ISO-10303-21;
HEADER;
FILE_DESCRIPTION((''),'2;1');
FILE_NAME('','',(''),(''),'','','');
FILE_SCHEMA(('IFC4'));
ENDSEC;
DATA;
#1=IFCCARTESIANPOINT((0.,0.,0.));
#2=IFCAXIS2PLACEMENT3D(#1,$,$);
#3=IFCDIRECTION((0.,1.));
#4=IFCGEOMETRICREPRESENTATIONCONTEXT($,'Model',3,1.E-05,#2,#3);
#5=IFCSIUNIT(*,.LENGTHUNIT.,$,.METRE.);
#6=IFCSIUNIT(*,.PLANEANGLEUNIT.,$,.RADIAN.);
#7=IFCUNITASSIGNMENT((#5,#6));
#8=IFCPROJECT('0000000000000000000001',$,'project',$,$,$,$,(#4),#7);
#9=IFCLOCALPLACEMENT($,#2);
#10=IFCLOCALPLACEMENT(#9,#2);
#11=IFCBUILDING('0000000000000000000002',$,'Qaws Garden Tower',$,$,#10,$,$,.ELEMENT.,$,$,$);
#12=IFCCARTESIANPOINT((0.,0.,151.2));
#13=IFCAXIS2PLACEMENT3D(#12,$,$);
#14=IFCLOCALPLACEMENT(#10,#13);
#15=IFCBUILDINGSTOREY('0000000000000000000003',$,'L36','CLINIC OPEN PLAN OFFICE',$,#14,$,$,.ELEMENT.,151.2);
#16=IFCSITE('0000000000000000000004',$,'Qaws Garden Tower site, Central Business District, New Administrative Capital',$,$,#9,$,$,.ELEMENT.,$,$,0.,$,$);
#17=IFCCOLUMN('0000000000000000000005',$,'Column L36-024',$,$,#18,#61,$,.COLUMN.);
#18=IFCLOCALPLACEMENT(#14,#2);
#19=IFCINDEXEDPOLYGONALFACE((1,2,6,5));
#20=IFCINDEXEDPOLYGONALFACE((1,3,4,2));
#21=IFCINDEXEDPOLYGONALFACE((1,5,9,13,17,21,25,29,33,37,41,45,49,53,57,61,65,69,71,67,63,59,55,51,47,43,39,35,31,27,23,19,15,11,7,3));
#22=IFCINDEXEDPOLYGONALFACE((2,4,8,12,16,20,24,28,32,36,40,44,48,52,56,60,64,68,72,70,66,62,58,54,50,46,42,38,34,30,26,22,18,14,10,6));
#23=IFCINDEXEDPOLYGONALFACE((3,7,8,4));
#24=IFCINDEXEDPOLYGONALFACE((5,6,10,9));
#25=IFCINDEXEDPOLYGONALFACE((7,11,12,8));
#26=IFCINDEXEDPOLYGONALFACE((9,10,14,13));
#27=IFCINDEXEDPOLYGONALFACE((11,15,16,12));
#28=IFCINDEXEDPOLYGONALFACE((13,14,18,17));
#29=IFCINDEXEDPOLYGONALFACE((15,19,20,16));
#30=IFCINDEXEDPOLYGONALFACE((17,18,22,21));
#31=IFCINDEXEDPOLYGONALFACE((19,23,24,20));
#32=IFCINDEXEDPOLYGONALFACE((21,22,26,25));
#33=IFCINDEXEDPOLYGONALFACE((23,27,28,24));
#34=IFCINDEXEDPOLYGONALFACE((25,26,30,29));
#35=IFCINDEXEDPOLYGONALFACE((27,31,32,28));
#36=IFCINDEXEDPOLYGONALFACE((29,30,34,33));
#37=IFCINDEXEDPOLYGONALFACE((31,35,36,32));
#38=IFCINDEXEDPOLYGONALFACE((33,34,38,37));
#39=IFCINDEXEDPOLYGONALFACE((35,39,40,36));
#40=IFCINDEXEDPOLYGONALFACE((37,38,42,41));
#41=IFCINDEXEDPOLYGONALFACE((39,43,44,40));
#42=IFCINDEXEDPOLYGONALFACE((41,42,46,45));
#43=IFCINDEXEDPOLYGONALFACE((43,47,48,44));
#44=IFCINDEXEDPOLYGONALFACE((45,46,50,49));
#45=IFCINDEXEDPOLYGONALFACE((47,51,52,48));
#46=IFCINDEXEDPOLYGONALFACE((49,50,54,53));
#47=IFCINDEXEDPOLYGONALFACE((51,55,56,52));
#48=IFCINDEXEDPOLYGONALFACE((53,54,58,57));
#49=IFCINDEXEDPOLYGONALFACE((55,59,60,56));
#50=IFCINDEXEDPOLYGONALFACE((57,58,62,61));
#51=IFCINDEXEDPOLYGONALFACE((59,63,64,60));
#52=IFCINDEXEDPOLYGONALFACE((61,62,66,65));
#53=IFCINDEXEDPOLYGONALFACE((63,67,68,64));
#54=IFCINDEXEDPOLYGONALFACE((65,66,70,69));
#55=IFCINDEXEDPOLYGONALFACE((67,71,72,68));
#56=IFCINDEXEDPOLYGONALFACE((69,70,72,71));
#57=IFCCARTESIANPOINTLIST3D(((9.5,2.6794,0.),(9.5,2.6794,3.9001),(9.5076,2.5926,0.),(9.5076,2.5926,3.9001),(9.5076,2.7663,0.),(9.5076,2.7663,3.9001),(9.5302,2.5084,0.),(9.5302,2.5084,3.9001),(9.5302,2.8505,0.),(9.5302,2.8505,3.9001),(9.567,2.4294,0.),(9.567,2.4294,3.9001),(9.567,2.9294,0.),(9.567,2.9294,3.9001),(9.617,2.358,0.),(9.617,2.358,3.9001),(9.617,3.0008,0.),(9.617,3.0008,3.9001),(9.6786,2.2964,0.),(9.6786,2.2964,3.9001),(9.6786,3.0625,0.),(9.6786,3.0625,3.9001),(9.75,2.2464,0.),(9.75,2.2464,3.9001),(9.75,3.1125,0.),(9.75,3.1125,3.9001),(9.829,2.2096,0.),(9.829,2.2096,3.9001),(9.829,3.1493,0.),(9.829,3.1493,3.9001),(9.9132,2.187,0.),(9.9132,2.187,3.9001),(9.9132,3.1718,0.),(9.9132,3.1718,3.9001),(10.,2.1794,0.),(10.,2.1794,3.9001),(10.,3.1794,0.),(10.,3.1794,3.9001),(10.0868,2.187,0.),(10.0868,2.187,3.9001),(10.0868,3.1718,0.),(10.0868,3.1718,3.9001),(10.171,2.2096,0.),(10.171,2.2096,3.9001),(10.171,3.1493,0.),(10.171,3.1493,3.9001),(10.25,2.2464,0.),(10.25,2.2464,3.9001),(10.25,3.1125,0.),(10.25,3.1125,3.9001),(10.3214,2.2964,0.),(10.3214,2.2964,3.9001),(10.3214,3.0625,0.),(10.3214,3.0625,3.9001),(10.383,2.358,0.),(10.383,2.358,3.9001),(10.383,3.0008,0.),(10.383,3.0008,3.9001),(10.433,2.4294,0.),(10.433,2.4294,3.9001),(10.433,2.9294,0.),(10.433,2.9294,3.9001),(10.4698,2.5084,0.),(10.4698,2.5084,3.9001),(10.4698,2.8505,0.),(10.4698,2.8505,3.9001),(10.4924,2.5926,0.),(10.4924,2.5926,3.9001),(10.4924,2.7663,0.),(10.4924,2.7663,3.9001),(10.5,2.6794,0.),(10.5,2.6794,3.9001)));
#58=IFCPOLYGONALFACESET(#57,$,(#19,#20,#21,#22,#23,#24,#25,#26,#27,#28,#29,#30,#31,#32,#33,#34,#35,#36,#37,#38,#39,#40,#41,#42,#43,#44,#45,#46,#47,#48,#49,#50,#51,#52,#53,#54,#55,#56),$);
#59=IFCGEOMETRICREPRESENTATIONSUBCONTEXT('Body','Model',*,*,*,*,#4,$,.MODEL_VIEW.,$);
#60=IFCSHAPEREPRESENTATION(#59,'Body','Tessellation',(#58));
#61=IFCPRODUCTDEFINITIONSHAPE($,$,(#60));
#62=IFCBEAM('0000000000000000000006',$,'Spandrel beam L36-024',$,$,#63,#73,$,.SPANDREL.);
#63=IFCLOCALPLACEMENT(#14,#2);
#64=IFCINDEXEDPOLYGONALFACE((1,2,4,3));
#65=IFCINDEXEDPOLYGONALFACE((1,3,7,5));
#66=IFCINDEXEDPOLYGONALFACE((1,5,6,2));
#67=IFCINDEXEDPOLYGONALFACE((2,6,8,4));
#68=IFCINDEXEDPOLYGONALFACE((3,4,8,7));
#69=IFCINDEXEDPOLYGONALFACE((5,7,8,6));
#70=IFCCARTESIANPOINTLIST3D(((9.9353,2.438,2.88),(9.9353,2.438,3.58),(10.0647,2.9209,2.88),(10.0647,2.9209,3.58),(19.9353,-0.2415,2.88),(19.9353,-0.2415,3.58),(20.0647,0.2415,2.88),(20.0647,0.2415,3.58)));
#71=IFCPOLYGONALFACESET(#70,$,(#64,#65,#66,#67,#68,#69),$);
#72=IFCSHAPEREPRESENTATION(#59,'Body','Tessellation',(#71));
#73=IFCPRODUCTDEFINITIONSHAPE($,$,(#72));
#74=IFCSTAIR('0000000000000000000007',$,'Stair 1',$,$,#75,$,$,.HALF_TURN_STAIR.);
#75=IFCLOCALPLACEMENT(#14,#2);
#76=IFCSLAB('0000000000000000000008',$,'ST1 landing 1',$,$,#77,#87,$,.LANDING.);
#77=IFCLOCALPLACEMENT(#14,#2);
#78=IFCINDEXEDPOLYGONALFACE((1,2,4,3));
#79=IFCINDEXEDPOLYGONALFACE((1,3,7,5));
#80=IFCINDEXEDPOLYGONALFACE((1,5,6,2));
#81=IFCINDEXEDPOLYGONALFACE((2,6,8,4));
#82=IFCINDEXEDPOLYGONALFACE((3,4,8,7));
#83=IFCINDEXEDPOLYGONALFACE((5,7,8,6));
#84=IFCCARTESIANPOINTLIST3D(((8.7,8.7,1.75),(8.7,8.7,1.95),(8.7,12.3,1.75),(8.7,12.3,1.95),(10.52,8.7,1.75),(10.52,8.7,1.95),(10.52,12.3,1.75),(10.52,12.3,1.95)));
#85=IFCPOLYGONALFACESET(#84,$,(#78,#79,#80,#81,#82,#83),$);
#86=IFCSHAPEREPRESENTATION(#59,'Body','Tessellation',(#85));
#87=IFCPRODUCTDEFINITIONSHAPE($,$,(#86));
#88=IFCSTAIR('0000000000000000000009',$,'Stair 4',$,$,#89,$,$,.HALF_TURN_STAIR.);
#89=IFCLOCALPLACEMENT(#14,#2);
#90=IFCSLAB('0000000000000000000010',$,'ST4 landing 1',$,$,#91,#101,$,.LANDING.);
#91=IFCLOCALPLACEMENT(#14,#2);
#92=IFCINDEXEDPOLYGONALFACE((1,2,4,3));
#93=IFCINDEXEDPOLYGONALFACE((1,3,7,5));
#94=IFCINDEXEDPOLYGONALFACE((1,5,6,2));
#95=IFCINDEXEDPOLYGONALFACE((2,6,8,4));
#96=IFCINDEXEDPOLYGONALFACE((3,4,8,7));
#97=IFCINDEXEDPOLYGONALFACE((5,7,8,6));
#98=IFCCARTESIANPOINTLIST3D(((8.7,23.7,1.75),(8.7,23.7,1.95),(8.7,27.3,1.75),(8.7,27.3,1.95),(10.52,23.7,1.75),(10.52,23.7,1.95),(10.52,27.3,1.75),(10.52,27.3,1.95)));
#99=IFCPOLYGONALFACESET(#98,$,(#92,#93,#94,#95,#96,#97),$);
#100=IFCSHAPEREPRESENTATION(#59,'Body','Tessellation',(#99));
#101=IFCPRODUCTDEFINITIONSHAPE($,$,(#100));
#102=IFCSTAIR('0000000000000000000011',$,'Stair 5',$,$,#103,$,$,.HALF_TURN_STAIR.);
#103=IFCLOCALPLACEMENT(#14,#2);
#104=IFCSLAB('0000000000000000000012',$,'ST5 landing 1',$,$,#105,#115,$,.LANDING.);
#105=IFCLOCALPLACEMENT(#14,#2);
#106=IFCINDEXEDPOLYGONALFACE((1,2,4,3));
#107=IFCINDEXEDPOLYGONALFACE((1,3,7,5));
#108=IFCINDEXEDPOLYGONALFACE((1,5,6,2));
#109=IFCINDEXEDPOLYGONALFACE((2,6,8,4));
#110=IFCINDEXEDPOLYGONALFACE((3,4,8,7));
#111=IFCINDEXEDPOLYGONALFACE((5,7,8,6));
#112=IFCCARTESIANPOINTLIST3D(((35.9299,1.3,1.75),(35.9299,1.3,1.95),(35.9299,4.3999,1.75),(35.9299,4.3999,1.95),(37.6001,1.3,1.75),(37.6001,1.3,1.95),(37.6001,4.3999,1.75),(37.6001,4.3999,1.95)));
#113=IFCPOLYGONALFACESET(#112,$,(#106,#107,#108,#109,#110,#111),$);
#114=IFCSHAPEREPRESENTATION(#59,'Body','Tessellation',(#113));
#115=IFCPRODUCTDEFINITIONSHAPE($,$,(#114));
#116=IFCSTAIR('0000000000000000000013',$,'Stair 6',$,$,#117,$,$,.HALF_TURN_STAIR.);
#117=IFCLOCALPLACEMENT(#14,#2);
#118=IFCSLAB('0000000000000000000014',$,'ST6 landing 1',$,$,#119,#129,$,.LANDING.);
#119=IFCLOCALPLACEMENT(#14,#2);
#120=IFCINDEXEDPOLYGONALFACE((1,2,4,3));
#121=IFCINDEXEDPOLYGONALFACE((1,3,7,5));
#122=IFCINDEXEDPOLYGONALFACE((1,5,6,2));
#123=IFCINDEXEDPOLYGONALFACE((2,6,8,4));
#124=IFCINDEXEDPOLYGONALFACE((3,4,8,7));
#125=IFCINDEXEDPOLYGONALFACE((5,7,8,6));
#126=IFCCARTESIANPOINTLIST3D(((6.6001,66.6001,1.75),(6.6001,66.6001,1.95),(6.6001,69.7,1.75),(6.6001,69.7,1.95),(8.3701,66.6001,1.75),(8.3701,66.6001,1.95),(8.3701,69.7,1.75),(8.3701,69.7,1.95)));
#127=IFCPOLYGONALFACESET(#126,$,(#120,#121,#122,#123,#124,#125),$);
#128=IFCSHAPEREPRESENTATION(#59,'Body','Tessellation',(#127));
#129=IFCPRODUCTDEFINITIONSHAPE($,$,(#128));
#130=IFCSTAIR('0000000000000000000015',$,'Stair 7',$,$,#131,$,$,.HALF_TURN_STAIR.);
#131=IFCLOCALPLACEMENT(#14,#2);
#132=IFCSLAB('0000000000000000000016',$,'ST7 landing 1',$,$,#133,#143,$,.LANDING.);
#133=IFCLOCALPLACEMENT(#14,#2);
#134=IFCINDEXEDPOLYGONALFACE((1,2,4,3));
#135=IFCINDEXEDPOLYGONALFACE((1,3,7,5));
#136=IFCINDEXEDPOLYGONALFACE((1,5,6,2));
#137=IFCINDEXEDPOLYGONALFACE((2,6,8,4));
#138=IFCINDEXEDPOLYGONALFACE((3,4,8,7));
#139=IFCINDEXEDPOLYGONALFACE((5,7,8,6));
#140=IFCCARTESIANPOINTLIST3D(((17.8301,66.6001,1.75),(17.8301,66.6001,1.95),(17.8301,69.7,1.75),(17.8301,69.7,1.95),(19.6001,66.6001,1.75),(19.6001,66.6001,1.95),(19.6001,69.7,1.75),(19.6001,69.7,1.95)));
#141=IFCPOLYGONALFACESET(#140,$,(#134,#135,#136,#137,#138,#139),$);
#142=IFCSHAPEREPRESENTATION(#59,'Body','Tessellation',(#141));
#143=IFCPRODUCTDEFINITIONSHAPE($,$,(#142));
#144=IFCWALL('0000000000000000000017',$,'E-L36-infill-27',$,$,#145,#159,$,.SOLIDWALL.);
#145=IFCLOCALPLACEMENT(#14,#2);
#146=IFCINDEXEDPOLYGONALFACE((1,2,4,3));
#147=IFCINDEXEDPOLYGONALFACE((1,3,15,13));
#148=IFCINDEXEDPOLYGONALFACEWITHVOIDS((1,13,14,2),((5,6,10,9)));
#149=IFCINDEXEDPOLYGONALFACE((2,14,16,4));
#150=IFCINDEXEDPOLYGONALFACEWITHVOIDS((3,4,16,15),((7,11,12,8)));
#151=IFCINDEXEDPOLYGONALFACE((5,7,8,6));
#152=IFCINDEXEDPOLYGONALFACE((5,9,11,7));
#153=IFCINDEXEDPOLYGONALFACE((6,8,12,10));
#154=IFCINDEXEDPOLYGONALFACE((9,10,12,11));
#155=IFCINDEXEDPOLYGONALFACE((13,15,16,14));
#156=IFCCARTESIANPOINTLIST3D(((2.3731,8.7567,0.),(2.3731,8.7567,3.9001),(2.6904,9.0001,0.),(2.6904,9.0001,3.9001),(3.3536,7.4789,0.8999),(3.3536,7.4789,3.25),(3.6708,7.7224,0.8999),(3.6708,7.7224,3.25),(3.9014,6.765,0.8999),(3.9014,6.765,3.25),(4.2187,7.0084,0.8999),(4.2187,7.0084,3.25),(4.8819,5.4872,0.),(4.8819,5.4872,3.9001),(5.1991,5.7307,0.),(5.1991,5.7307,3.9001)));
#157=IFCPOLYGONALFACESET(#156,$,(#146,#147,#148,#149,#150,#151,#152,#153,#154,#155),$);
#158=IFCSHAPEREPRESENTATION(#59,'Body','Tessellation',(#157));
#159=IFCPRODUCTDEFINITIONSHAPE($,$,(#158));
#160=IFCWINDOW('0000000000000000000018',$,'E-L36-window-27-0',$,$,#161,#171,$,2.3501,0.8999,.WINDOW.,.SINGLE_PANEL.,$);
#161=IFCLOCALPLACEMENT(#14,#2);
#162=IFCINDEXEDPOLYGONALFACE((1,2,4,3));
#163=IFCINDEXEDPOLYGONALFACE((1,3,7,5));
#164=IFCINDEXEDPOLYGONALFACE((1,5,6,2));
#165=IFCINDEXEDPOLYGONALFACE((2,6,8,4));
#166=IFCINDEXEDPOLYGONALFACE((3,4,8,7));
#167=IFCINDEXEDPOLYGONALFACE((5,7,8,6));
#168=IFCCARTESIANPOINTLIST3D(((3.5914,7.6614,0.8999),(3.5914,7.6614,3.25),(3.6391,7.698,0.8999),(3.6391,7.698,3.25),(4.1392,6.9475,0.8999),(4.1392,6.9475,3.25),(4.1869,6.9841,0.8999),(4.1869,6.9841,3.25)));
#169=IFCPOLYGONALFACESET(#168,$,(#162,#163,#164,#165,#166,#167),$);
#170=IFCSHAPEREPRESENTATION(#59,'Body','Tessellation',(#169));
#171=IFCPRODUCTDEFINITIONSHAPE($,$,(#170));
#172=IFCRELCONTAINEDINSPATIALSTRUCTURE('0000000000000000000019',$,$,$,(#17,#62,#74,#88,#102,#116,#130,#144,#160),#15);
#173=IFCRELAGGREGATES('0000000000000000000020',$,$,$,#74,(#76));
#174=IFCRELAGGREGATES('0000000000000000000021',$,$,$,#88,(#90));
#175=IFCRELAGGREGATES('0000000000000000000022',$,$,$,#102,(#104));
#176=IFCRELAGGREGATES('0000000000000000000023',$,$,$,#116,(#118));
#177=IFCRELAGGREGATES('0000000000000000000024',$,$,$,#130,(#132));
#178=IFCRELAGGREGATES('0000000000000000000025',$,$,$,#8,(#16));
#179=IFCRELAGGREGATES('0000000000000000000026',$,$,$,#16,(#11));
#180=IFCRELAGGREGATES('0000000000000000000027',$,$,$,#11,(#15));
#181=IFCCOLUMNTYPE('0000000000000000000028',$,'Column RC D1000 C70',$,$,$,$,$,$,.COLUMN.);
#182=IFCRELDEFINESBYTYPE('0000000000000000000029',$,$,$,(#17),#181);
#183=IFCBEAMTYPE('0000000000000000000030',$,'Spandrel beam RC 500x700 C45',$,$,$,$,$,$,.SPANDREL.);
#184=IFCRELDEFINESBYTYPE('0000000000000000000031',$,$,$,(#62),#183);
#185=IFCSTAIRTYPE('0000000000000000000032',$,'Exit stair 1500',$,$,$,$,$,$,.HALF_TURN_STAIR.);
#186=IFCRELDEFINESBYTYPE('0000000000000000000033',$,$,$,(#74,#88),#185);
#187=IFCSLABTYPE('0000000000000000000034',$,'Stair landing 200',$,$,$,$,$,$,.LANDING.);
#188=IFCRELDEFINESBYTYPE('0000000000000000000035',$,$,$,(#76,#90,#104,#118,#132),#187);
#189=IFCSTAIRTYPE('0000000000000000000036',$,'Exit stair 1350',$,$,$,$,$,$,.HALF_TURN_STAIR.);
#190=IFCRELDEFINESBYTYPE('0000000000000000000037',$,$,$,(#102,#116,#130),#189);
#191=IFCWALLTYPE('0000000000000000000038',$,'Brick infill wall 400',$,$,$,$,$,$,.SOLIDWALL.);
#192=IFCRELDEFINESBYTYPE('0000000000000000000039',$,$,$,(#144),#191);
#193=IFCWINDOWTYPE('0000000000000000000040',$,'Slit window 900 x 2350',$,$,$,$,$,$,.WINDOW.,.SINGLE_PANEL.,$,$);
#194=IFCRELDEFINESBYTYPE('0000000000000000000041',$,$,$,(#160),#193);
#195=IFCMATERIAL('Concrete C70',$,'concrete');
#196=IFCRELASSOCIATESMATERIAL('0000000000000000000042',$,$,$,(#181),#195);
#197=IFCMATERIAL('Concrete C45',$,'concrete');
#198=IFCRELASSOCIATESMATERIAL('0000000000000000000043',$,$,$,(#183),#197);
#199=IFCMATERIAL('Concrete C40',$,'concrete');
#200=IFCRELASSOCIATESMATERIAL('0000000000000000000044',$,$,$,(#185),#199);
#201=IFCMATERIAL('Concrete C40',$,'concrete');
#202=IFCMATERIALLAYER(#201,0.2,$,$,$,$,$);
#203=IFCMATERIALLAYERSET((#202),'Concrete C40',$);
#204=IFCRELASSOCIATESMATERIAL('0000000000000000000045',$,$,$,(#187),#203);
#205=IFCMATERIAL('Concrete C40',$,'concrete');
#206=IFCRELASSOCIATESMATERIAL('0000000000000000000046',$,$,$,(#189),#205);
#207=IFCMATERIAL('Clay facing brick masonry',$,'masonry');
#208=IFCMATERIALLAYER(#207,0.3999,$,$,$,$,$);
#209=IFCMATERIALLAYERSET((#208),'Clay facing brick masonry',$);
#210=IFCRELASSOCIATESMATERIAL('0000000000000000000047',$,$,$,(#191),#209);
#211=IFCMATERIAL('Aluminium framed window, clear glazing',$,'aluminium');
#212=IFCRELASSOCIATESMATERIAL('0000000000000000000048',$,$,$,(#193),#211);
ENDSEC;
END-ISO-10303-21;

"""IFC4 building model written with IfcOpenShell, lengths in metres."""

from ifc_helpers import new_model, si_unit, direction, frame, frame_2d, origin, origin_2d, place, context, subcontext, project, spatial, polyline, rectangle, circle, outline, extrude, material, layer, layer_set, material_profile, profile_set, type_object, element, fill, aggregate, save


model = new_model("IFC4")

# Units and contexts
model_context = context("Model", 3, precision=1e-05, world=origin(), true_north=direction((0.0, 1.0)))
body_context = subcontext(model_context, "Body", "Model", "MODEL_VIEW")
ifc_project = project(units=[si_unit("LENGTHUNIT", "METRE"), si_unit("PLANEANGLEUNIT", "RADIAN")], contexts=[model_context])

# Site, building, storey
site_placement = place(None, origin())
site = spatial("IfcSite", under=ifc_project, at=site_placement, Name="Qaws Garden Tower site, Central Business District, New Administrative Capital", CompositionType="ELEMENT", RefElevation=0.0)
building_placement = place(site_placement, origin())
building = spatial("IfcBuilding", under=site, at=building_placement, Name="Qaws Garden Tower", CompositionType="ELEMENT")
storey_placement = place(building_placement, frame((0.0, 0.0, 151.2)))
storey = spatial("IfcBuildingStorey", under=building, at=storey_placement, Name="L36", Description="CLINIC OPEN PLAN OFFICE", CompositionType="ELEMENT", Elevation=151.2)

# Column
ifc_material_1 = material(Name="Concrete C70", Category="concrete")
ifc_material_profile_1 = material_profile(ifc_material_1, circle(Radius=0.5, at=origin_2d()), Name="RC D1000")
ifc_profile_set_1 = profile_set([ifc_material_profile_1], Name="Concrete C70")
column_type = type_object("IfcColumnType", Name="Column RC D1000 C70", PredefinedType="COLUMN", material=ifc_profile_set_1)
column_placement = place(storey_placement, frame((10.0, 2.6794, 0.0), z_axis=(0.0, 0.0, 1.0), x_axis=(1.0, 0.0, 0.0)))
element("IfcColumn", 1, at=column_placement, inside=storey, type_object=column_type, Name="Column L36-024", PredefinedType="COLUMN", context=body_context, shape_type="SweptSolid", body=[
    extrude(circle(Radius=0.5, at=origin_2d()), origin(), (0.0, 0.0, 1.0), 3.9001),
])

# Beam
ifc_material_2 = material(Name="Concrete C45", Category="concrete")
ifc_material_profile_2 = material_profile(ifc_material_2, rectangle(XDim=0.5, YDim=0.7, at=origin_2d()), Name="RC 500x700")
ifc_profile_set_2 = profile_set([ifc_material_profile_2], Name="Concrete C45")
beam_type = type_object("IfcBeamType", Name="Spandrel beam RC 500x700 C45", PredefinedType="SPANDREL", material=ifc_profile_set_2)
beam_placement = place(storey_placement, frame((10.0, 2.6794, 3.23), z_axis=(0.965927, -0.258815, 0.0), x_axis=(0.258815, 0.965927, 0.0)))
element("IfcBeam", 2, at=beam_placement, inside=storey, type_object=beam_type, Name="Spandrel beam L36-024", PredefinedType="SPANDREL", context=body_context, shape_type="SweptSolid", body=[
    extrude(rectangle(XDim=0.5, YDim=0.7, at=origin_2d()), origin(), (0.0, 0.0, 1.0), 10.3528),
])

# Stairs, slabs
ifc_material_3 = material(Name="Concrete C40", Category="concrete")
stair_type_1 = type_object("IfcStairType", Name="Exit stair 1500", PredefinedType="HALF_TURN_STAIR", material=ifc_material_3)
placement_1 = place(storey_placement, origin())
stair_1 = element("IfcStair", 3, at=placement_1, inside=storey, type_object=stair_type_1, Name="Stair 1", PredefinedType="HALF_TURN_STAIR")
ifc_material_4 = material(Name="Concrete C40", Category="concrete")
ifc_layer_1 = layer(ifc_material_4, 0.2)
ifc_layer_set_1 = layer_set([ifc_layer_1], Name="Concrete C40")
slab_type = type_object("IfcSlabType", Name="Stair landing 200", PredefinedType="LANDING", material=ifc_layer_set_1)
placement_2 = place(storey_placement, frame((0.0, 0.0, 1.75)))
slab_1 = element("IfcSlab", 4, at=placement_2, type_object=slab_type, Name="ST1 landing 1", PredefinedType="LANDING", context=body_context, shape_type="SweptSolid", body=[
    extrude(outline(polyline([(8.7, 8.7), (10.52, 8.7), (10.52, 12.3), (8.7, 12.3), (8.7, 8.7)])), origin(), (0.0, 0.0, 1.0), 0.2),
])
aggregate(stair_1, [slab_1])
stair_2 = element("IfcStair", 5, at=placement_1, inside=storey, type_object=stair_type_1, Name="Stair 4", PredefinedType="HALF_TURN_STAIR")
slab_2 = element("IfcSlab", 6, at=placement_2, type_object=slab_type, Name="ST4 landing 1", PredefinedType="LANDING", context=body_context, shape_type="SweptSolid", body=[
    extrude(outline(polyline([(8.7, 23.7), (10.52, 23.7), (10.52, 27.3), (8.7, 27.3), (8.7, 23.7)])), origin(), (0.0, 0.0, 1.0), 0.2),
])
aggregate(stair_2, [slab_2])
ifc_material_5 = material(Name="Concrete C40", Category="concrete")
stair_type_2 = type_object("IfcStairType", Name="Exit stair 1350", PredefinedType="HALF_TURN_STAIR", material=ifc_material_5)
stair_3 = element("IfcStair", 7, at=placement_1, inside=storey, type_object=stair_type_2, Name="Stair 5", PredefinedType="HALF_TURN_STAIR")
slab_3 = element("IfcSlab", 8, at=placement_2, type_object=slab_type, Name="ST5 landing 1", PredefinedType="LANDING", context=body_context, shape_type="SweptSolid", body=[
    extrude(outline(polyline([(35.9299, 1.3), (37.6001, 1.3), (37.6001, 4.3999), (35.9299, 4.3999), (35.9299, 1.3)])), origin(), (0.0, 0.0, 1.0), 0.2),
])
aggregate(stair_3, [slab_3])
stair_4 = element("IfcStair", 9, at=placement_1, inside=storey, type_object=stair_type_2, Name="Stair 6", PredefinedType="HALF_TURN_STAIR")
slab_4 = element("IfcSlab", 10, at=placement_2, type_object=slab_type, Name="ST6 landing 1", PredefinedType="LANDING", context=body_context, shape_type="SweptSolid", body=[
    extrude(outline(polyline([(6.6001, 66.6001), (8.3701, 66.6001), (8.3701, 69.7), (6.6001, 69.7), (6.6001, 66.6001)])), origin(), (0.0, 0.0, 1.0), 0.2),
])
aggregate(stair_4, [slab_4])
stair_5 = element("IfcStair", 11, at=placement_1, inside=storey, type_object=stair_type_2, Name="Stair 7", PredefinedType="HALF_TURN_STAIR")
slab_5 = element("IfcSlab", 12, at=placement_2, type_object=slab_type, Name="ST7 landing 1", PredefinedType="LANDING", context=body_context, shape_type="SweptSolid", body=[
    extrude(outline(polyline([(17.8301, 66.6001), (19.6001, 66.6001), (19.6001, 69.7), (17.8301, 69.7), (17.8301, 66.6001)])), origin(), (0.0, 0.0, 1.0), 0.2),
])
aggregate(stair_5, [slab_5])

# Wall, opening, window
ifc_material_6 = material(Name="Clay facing brick masonry", Category="masonry")
ifc_layer_2 = layer(ifc_material_6, 0.3999)
ifc_layer_set_2 = layer_set([ifc_layer_2], Name="Clay facing brick masonry")
wall_type_1 = type_object("IfcWallType", Name="Brick infill wall 400", PredefinedType="SOLIDWALL", material=ifc_layer_set_2)
wall_1_placement = place(storey_placement, frame((2.5317, 8.8784, 0.0), z_axis=(0.0, 0.0, 1.0), x_axis=(0.60876, -0.793355, 0.0)))
wall_1 = element("IfcWall", 13, at=wall_1_placement, inside=storey, type_object=wall_type_1, Name="E-L36-infill-27", PredefinedType="SOLIDWALL", context=body_context, shape_type="SweptSolid", body=[
    extrude(rectangle(XDim=4.1211, YDim=0.3999, at=frame_2d((2.0605, 0.0))), origin(), (0.0, 0.0, 1.0), 3.9001),
])
opening_1_placement = place(wall_1_placement, frame((1.6106, 0.0, 0.8999)))
opening_1 = element("IfcOpeningElement", 14, at=opening_1_placement, cuts=wall_1, PredefinedType="OPENING", context=body_context, shape_type="SweptSolid", body=[
    extrude(rectangle(XDim=0.8999, YDim=2.3501, at=frame_2d((0.45, 1.175))), frame((0.0, 0.21, 0.0), z_axis=(0.0, -1.0, 0.0), x_axis=(1.0, 0.0, 0.0)), (0.0, 0.0, 1.0), 0.4199),
])
ifc_material_7 = material(Name="Aluminium framed window, clear glazing", Category="aluminium")
window_type = type_object("IfcWindowType", Name="Slit window 900 x 2350", PartitioningType="SINGLE_PANEL", PredefinedType="WINDOW", material=ifc_material_7)
window_1_placement = place(opening_1_placement, origin())
window_1 = element("IfcWindow", 15, at=window_1_placement, inside=storey, type_object=window_type, Name="E-L36-window-27-0", OverallHeight=2.3501, OverallWidth=0.8999, PartitioningType="SINGLE_PANEL", PredefinedType="WINDOW", context=body_context, shape_type="SweptSolid", body=[
    extrude(rectangle(XDim=0.8999, YDim=2.3501, at=frame_2d((0.45, 1.175))), frame((0.0, 0.1599, 0.0), z_axis=(0.0, -1.0, 0.0), x_axis=(1.0, 0.0, 0.0)), (0.0, 0.0, 1.0), 0.0601),
])
fill(opening_1, window_1)

save(model, "model.ifc")
